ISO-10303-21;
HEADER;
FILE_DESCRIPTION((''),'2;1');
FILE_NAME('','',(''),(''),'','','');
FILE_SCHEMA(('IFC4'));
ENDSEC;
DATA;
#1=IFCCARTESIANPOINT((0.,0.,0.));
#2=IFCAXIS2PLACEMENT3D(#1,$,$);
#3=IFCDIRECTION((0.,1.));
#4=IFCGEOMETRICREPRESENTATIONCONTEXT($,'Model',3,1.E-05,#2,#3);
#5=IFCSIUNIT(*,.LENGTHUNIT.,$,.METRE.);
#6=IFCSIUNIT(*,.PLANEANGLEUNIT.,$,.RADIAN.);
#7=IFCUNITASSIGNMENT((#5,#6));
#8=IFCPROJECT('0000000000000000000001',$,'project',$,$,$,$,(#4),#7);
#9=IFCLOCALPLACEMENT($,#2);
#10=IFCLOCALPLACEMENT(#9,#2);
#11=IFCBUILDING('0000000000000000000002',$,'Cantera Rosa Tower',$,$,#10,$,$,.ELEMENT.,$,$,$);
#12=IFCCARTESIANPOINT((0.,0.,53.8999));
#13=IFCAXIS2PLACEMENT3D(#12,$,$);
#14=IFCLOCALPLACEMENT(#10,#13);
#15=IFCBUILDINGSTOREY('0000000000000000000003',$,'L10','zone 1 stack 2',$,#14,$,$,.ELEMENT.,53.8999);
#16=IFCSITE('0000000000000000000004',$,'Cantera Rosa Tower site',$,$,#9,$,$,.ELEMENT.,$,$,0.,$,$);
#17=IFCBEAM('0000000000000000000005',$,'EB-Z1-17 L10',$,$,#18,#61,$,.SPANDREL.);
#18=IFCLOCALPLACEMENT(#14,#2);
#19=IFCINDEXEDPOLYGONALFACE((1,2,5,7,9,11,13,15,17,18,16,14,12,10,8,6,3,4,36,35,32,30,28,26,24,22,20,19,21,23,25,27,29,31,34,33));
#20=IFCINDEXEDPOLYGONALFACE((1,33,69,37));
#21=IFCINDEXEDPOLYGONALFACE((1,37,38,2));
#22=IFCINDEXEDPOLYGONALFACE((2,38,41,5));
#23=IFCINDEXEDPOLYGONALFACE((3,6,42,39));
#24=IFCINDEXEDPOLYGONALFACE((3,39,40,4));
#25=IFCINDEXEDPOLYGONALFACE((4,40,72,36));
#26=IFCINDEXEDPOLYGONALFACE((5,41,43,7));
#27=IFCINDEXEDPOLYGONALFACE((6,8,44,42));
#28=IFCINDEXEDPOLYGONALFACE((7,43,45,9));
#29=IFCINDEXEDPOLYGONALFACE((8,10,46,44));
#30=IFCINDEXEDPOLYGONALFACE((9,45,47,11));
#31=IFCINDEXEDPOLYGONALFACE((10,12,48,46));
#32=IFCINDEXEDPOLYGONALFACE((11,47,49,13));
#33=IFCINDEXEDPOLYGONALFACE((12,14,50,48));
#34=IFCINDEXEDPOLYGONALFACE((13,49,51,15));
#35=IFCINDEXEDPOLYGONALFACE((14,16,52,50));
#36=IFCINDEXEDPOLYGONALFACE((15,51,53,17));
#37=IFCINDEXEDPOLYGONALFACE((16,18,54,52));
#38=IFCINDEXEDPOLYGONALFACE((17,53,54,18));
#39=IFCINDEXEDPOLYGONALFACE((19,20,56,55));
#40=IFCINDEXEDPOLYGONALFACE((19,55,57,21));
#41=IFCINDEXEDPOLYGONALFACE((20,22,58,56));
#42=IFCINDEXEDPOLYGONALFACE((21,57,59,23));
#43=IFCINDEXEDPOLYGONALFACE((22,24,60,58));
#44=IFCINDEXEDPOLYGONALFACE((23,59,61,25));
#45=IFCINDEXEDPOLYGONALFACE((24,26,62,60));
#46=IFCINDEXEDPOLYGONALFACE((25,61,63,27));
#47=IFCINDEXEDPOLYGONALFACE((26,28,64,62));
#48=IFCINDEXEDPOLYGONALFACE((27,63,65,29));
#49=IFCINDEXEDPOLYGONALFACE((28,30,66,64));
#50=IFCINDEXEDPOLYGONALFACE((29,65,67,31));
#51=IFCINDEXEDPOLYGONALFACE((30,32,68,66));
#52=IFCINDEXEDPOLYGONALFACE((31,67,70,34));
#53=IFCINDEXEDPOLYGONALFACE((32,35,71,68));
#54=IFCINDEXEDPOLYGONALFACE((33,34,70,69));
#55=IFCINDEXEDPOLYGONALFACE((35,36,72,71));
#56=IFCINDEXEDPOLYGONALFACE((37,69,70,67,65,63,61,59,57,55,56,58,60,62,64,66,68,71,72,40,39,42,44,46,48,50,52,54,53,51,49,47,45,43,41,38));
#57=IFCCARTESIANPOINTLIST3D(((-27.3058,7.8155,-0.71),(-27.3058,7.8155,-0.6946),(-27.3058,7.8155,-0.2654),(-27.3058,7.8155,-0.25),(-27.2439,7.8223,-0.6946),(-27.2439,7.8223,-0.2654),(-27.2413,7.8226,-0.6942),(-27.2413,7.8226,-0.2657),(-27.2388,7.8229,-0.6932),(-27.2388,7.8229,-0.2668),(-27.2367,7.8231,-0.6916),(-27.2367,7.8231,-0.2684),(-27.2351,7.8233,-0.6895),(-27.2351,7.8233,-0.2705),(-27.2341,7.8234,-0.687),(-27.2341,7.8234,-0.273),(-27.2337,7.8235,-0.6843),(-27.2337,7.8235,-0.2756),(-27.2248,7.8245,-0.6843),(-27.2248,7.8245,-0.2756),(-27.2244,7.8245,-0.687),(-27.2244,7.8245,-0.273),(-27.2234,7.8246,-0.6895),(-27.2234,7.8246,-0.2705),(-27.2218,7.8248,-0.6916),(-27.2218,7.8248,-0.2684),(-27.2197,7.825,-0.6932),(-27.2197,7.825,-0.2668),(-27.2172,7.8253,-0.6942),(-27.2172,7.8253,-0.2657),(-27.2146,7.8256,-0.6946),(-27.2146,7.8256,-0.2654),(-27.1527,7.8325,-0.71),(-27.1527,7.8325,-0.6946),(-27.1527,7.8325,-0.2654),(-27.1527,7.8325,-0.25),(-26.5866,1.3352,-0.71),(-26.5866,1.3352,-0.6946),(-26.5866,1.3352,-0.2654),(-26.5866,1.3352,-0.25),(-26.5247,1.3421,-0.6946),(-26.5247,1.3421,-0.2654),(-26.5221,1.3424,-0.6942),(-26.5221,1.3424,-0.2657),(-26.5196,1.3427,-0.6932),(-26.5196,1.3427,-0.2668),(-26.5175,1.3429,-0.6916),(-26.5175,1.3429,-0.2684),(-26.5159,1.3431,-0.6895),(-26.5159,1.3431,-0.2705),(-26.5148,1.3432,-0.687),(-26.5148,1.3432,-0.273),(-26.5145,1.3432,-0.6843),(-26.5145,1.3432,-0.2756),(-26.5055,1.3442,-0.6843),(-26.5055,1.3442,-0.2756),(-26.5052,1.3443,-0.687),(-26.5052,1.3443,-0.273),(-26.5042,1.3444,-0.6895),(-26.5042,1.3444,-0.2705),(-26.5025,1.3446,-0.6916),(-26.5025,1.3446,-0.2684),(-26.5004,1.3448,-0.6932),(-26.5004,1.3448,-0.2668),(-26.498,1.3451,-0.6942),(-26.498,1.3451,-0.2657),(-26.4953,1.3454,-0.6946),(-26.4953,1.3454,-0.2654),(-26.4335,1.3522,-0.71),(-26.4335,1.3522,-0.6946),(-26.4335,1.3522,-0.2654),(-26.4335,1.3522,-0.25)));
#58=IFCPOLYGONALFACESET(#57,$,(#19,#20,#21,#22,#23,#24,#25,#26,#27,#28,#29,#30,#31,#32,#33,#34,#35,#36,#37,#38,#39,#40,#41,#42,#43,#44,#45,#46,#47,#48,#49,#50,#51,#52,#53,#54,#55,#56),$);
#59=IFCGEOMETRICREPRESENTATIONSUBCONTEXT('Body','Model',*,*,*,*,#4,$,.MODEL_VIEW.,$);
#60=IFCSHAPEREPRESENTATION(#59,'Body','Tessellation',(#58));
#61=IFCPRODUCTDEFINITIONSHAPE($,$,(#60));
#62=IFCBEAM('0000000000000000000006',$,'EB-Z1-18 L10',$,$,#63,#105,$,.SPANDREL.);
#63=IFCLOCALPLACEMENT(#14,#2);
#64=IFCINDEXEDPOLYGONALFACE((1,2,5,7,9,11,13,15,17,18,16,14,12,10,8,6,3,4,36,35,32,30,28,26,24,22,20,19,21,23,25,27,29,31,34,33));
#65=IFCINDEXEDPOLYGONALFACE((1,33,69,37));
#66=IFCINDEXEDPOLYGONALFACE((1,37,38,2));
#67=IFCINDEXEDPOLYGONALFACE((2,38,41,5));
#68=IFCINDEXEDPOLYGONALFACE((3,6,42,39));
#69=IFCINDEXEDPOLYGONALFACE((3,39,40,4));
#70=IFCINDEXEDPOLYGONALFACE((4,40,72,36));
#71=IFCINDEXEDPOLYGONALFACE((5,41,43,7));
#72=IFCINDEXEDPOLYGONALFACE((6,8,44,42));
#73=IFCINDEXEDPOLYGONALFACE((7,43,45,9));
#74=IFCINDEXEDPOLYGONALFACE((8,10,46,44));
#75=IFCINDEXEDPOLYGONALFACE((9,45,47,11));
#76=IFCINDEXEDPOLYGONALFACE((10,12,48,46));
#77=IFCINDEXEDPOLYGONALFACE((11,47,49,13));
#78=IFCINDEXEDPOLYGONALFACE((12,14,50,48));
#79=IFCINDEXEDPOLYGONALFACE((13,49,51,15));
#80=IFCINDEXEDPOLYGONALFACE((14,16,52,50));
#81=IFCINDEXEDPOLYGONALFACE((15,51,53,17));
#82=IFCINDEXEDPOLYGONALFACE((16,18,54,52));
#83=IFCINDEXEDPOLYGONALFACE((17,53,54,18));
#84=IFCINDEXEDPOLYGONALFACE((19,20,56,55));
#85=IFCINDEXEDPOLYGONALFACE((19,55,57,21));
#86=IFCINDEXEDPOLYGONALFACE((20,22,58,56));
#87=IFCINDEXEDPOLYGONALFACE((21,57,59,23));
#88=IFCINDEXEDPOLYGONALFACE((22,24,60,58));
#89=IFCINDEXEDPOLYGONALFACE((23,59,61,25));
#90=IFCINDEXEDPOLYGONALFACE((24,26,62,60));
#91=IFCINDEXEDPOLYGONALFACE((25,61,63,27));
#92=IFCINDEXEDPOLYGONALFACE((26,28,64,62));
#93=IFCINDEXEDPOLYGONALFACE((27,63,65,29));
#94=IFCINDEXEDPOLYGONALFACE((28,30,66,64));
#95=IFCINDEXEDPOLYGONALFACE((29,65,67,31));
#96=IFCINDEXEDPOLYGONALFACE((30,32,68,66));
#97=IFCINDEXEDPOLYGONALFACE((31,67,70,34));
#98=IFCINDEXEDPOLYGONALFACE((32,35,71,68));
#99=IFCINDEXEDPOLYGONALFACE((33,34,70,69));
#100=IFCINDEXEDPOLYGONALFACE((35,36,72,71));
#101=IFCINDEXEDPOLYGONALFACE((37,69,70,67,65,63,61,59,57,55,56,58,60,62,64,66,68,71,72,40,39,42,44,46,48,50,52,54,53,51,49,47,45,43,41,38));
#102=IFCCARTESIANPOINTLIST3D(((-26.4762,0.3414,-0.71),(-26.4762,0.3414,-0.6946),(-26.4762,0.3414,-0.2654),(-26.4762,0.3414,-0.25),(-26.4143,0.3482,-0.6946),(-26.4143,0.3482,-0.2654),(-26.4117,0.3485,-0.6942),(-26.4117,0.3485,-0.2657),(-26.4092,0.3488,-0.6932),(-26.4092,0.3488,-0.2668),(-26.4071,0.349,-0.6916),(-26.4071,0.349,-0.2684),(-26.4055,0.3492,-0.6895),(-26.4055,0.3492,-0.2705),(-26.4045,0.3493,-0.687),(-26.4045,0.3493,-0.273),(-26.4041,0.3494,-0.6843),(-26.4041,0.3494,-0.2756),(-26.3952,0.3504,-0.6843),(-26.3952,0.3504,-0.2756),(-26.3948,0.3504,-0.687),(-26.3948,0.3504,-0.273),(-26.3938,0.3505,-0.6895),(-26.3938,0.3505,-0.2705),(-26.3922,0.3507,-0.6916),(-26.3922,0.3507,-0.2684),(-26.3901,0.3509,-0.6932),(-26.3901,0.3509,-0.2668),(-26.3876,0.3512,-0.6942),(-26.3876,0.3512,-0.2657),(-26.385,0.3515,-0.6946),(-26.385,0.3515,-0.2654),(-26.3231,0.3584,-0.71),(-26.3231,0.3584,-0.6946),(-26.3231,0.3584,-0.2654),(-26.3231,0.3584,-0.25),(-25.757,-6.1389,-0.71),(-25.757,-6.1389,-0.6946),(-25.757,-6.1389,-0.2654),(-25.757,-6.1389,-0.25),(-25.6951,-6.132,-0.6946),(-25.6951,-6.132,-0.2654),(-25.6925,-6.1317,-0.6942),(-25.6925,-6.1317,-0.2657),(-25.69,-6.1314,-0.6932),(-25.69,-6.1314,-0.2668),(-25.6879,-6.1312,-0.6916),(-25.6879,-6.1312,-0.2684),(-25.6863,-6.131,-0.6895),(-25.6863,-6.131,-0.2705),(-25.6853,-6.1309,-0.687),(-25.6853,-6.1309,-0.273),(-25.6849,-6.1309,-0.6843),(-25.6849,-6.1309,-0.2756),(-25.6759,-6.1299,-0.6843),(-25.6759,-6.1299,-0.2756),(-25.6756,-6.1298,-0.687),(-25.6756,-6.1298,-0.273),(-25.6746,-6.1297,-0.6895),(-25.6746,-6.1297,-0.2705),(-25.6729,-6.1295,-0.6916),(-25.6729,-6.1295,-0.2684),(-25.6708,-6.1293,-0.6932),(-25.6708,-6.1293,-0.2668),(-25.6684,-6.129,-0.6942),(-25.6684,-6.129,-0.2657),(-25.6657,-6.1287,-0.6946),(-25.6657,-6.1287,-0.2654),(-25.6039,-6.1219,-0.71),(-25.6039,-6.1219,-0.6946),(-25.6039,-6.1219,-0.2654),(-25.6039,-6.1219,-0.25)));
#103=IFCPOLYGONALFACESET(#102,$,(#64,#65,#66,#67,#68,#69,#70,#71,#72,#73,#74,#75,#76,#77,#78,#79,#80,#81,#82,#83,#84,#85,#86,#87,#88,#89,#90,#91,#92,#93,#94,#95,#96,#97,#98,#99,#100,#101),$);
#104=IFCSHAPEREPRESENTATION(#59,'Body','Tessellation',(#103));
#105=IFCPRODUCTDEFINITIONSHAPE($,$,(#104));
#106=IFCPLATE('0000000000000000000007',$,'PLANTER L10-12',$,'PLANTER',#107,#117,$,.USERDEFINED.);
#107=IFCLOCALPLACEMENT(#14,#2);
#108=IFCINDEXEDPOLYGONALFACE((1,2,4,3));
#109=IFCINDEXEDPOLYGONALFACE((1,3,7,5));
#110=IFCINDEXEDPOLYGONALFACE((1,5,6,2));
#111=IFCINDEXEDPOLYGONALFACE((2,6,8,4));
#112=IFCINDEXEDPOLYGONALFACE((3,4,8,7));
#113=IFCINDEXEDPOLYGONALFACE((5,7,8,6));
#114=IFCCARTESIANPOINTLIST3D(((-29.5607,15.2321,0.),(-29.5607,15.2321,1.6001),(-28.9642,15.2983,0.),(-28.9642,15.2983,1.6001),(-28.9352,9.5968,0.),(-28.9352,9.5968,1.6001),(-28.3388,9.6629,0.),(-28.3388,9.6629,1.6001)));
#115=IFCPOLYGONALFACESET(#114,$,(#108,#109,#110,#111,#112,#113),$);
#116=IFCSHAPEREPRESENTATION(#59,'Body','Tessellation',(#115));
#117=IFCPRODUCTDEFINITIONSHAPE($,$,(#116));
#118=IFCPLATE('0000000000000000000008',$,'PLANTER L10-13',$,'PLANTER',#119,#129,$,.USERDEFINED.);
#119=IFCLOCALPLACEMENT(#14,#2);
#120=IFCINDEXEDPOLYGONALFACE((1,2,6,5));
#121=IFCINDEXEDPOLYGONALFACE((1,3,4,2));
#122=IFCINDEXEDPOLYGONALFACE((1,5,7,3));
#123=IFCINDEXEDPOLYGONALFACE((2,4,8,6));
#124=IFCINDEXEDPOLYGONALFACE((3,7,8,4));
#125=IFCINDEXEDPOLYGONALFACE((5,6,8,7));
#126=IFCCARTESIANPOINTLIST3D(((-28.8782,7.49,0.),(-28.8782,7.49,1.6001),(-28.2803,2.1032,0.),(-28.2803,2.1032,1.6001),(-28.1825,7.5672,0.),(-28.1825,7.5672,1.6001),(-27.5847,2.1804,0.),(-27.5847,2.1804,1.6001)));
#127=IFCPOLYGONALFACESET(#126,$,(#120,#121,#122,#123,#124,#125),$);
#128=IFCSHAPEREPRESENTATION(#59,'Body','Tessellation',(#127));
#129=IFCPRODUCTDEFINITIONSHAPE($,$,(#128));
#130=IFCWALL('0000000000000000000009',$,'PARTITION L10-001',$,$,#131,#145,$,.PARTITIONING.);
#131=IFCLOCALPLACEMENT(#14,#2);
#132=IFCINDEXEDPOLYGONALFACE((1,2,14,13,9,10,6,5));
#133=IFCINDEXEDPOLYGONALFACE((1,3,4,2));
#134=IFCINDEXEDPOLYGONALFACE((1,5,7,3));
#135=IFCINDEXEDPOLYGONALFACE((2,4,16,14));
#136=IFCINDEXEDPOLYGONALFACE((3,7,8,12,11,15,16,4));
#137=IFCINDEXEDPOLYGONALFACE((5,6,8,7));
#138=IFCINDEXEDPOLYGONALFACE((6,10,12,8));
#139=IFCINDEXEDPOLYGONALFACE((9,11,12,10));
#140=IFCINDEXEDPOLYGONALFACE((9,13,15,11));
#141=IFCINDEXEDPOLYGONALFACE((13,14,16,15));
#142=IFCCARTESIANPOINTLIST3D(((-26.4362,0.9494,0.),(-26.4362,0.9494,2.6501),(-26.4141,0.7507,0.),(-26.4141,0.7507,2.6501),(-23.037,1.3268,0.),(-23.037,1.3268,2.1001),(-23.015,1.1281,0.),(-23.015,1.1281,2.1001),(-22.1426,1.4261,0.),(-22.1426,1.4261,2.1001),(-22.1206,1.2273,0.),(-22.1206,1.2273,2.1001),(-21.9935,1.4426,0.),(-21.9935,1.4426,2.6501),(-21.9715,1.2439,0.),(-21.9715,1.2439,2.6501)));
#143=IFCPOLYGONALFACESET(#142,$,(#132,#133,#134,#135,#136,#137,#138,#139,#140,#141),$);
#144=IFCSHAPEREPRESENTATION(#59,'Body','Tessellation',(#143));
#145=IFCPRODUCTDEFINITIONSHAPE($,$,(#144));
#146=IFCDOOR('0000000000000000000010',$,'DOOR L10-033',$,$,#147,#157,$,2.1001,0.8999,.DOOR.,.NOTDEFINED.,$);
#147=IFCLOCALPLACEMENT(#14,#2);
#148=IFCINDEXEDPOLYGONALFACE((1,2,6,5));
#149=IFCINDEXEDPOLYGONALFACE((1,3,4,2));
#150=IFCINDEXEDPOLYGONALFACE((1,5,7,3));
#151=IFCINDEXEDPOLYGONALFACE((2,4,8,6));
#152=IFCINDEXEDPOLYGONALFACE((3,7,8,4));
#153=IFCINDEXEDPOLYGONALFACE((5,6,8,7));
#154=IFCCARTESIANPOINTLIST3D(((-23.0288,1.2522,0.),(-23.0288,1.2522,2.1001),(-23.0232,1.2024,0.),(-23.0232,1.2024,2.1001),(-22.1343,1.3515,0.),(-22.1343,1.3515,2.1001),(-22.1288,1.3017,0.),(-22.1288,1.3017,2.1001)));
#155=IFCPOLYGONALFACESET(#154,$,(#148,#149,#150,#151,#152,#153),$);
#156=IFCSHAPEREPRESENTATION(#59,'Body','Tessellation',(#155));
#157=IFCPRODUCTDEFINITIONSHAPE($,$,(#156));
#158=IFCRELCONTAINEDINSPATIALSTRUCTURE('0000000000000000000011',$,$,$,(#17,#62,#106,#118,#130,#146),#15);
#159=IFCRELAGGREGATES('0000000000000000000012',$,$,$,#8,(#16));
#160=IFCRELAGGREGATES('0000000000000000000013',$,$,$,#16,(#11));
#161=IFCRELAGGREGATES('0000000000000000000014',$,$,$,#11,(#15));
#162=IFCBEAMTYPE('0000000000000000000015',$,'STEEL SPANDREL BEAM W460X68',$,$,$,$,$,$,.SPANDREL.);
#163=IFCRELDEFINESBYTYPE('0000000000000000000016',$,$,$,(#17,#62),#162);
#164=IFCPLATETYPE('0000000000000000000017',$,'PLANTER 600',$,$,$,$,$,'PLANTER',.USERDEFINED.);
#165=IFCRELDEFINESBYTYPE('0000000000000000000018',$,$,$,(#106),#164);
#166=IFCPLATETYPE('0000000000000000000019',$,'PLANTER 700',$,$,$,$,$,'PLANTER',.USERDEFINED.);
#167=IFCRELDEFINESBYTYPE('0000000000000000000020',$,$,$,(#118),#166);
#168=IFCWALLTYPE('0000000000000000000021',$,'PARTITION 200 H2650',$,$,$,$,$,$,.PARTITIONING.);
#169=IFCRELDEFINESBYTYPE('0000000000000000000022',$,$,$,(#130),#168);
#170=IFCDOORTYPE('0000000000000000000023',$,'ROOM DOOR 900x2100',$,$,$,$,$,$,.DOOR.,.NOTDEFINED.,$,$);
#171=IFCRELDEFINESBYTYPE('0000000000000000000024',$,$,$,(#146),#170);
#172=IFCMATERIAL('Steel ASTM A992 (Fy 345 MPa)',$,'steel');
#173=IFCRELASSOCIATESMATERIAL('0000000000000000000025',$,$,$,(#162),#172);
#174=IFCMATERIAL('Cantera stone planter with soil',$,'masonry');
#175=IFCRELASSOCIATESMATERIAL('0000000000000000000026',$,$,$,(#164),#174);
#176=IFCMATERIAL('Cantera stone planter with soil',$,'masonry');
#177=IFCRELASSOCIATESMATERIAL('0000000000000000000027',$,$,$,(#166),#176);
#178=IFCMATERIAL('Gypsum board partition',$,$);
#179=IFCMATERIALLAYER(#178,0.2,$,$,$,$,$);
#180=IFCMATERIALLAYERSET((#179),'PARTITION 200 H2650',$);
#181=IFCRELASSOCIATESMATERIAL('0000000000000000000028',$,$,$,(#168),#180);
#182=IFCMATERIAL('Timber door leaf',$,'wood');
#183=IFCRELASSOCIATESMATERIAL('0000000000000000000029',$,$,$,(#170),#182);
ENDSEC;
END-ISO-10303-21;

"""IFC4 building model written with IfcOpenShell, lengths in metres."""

from ifc_helpers import new_model, si_unit, direction, frame, frame_2d, origin, origin_2d, place, context, subcontext, project, spatial, rectangle, i_section, extrude, material, layer, layer_set, material_profile, profile_set, type_object, element, fill, save


model = new_model("IFC4")

# Units and contexts
model_context = context("Model", 3, precision=1e-05, world=origin(), true_north=direction((0.0, 1.0)))
body_context = subcontext(model_context, "Body", "Model", "MODEL_VIEW")
ifc_project = project(units=[si_unit("LENGTHUNIT", "METRE"), si_unit("PLANEANGLEUNIT", "RADIAN")], contexts=[model_context])

# Site, building, storey
site_placement = place(None, origin())
site = spatial("IfcSite", under=ifc_project, at=site_placement, Name="Cantera Rosa Tower site", CompositionType="ELEMENT", RefElevation=0.0)
building_placement = place(site_placement, origin())
building = spatial("IfcBuilding", under=site, at=building_placement, Name="Cantera Rosa Tower", CompositionType="ELEMENT")
storey_placement = place(building_placement, frame((0.0, 0.0, 53.8999)))
storey = spatial("IfcBuildingStorey", under=building, at=storey_placement, Name="L10", Description="zone 1 stack 2", CompositionType="ELEMENT", Elevation=53.8999)

# Beams
ifc_material_1 = material(Name="Steel ASTM A992 (Fy 345 MPa)", Category="steel")
ifc_material_profile_1 = material_profile(ifc_material_1, i_section(OverallWidth=0.1541, OverallDepth=0.46, WebThickness=0.009, FlangeThickness=0.0154, FilletRadius=0.0103, at=origin_2d()), Name="W460X68")
ifc_profile_set_1 = profile_set([ifc_material_profile_1], Name="Steel ASTM A992 (Fy 345 MPa)")
beam_type_1 = type_object("IfcBeamType", Name="STEEL SPANDREL BEAM W460X68", PredefinedType="SPANDREL", material=ifc_profile_set_1)
for number, where, z_axis, x_axis, name in (
    (1, (-27.2292, 7.824, -0.48), (0.110312, -0.993897, 0.0), (0.993897, 0.110312, 0.0), "EB-Z1-17 L10"),
    (2, (-26.3997, 0.3499, -0.48), (0.110312, -0.993897, 0.0), (0.993897, 0.110312, 0.0), "EB-Z1-18 L10"),
):
    element("IfcBeam", number, at=place(storey_placement, frame(where, z_axis=z_axis, x_axis=x_axis)), inside=storey, type_object=beam_type_1, Name=name, PredefinedType="SPANDREL", context=body_context, shape_type="SweptSolid", body=[
        extrude(i_section(OverallWidth=0.1541, OverallDepth=0.46, WebThickness=0.009, FlangeThickness=0.0154, FilletRadius=0.0103, at=origin_2d()), origin(), (0.0, 0.0, 1.0), 6.52),
    ])

# Plates
ifc_material_2 = material(Name="Cantera stone planter with soil", Category="masonry")
plate_type_1 = type_object("IfcPlateType", Name="PLANTER 600", ElementType="PLANTER", PredefinedType="USERDEFINED", material=ifc_material_2)
plate_1_placement = place(storey_placement, frame((-28.9497, 12.4475, 0.0), z_axis=(0.0, 0.0, 1.0), x_axis=(0.110313, -0.993897, 0.0)))
element("IfcPlate", 3, at=plate_1_placement, inside=storey, type_object=plate_type_1, Name="PLANTER L10-12", ObjectType="PLANTER", PredefinedType="USERDEFINED", context=body_context, shape_type="SweptSolid", body=[
    extrude(rectangle(XDim=5.6699, YDim=0.6001, at=origin_2d()), origin(), (0.0, 0.0, 1.0), 1.6001),
])
ifc_material_3 = material(Name="Cantera stone planter with soil", Category="masonry")
plate_type_2 = type_object("IfcPlateType", Name="PLANTER 700", ElementType="PLANTER", PredefinedType="USERDEFINED", material=ifc_material_3)
plate_2_placement = place(storey_placement, frame((-28.2314, 4.8352, 0.0), z_axis=(0.0, 0.0, 1.0), x_axis=(0.110313, -0.993897, 0.0)))
element("IfcPlate", 4, at=plate_2_placement, inside=storey, type_object=plate_type_2, Name="PLANTER L10-13", ObjectType="PLANTER", PredefinedType="USERDEFINED", context=body_context, shape_type="SweptSolid", body=[
    extrude(rectangle(XDim=5.4199, YDim=0.7, at=origin_2d()), origin(), (0.0, 0.0, 1.0), 1.6001),
])

# Wall, opening, door
ifc_material_4 = material(Name="Gypsum board partition")
ifc_layer_1 = layer(ifc_material_4, 0.2)
ifc_layer_set_1 = layer_set([ifc_layer_1], Name="PARTITION 200 H2650")
wall_type_1 = type_object("IfcWallType", Name="PARTITION 200 H2650", PredefinedType="PARTITIONING", material=ifc_layer_set_1)
wall_1_placement = place(storey_placement, frame((-26.425, 0.8501, 0.0), z_axis=(0.0, 0.0, 1.0), x_axis=(0.993895, 0.11033, 0.0)))
wall_1 = element("IfcWall", 5, at=wall_1_placement, inside=storey, type_object=wall_type_1, Name="PARTITION L10-001", PredefinedType="PARTITIONING", context=body_context, shape_type="SweptSolid", body=[
    extrude(rectangle(XDim=4.47, YDim=0.2, at=frame_2d((2.2349, 0.0))), origin(), (0.0, 0.0, 1.0), 2.6501),
])
opening_1_placement = place(wall_1_placement, frame((3.4199, 0.0, 0.0)))
opening_1 = element("IfcOpeningElement", 6, at=opening_1_placement, cuts=wall_1, PredefinedType="OPENING", context=body_context, shape_type="SweptSolid", body=[
    extrude(rectangle(XDim=0.8999, YDim=2.1001, at=frame_2d((0.45, 1.05))), frame((0.0, 0.1099, 0.0), z_axis=(0.0, -1.0, 0.0), x_axis=(1.0, 0.0, 0.0)), (0.0, 0.0, 1.0), 0.22),
])
ifc_material_5 = material(Name="Timber door leaf", Category="wood")
door_type_1 = type_object("IfcDoorType", Name="ROOM DOOR 900x2100", OperationType="NOTDEFINED", PredefinedType="DOOR", material=ifc_material_5)
door_1_placement = place(opening_1_placement, origin())
door_1 = element("IfcDoor", 7, at=door_1_placement, inside=storey, type_object=door_type_1, Name="DOOR L10-033", OperationType="NOTDEFINED", OverallHeight=2.1001, OverallWidth=0.8999, PredefinedType="DOOR", context=body_context, shape_type="SweptSolid", body=[
    extrude(rectangle(XDim=0.8999, YDim=2.1001, at=frame_2d((0.45, 1.05))), frame((0.0, 0.0249, 0.0), z_axis=(0.0, -1.0, 0.0), x_axis=(1.0, 0.0, 0.0)), (0.0, 0.0, 1.0), 0.05),
])
fill(opening_1, door_1)

save(model, "model.ifc")
